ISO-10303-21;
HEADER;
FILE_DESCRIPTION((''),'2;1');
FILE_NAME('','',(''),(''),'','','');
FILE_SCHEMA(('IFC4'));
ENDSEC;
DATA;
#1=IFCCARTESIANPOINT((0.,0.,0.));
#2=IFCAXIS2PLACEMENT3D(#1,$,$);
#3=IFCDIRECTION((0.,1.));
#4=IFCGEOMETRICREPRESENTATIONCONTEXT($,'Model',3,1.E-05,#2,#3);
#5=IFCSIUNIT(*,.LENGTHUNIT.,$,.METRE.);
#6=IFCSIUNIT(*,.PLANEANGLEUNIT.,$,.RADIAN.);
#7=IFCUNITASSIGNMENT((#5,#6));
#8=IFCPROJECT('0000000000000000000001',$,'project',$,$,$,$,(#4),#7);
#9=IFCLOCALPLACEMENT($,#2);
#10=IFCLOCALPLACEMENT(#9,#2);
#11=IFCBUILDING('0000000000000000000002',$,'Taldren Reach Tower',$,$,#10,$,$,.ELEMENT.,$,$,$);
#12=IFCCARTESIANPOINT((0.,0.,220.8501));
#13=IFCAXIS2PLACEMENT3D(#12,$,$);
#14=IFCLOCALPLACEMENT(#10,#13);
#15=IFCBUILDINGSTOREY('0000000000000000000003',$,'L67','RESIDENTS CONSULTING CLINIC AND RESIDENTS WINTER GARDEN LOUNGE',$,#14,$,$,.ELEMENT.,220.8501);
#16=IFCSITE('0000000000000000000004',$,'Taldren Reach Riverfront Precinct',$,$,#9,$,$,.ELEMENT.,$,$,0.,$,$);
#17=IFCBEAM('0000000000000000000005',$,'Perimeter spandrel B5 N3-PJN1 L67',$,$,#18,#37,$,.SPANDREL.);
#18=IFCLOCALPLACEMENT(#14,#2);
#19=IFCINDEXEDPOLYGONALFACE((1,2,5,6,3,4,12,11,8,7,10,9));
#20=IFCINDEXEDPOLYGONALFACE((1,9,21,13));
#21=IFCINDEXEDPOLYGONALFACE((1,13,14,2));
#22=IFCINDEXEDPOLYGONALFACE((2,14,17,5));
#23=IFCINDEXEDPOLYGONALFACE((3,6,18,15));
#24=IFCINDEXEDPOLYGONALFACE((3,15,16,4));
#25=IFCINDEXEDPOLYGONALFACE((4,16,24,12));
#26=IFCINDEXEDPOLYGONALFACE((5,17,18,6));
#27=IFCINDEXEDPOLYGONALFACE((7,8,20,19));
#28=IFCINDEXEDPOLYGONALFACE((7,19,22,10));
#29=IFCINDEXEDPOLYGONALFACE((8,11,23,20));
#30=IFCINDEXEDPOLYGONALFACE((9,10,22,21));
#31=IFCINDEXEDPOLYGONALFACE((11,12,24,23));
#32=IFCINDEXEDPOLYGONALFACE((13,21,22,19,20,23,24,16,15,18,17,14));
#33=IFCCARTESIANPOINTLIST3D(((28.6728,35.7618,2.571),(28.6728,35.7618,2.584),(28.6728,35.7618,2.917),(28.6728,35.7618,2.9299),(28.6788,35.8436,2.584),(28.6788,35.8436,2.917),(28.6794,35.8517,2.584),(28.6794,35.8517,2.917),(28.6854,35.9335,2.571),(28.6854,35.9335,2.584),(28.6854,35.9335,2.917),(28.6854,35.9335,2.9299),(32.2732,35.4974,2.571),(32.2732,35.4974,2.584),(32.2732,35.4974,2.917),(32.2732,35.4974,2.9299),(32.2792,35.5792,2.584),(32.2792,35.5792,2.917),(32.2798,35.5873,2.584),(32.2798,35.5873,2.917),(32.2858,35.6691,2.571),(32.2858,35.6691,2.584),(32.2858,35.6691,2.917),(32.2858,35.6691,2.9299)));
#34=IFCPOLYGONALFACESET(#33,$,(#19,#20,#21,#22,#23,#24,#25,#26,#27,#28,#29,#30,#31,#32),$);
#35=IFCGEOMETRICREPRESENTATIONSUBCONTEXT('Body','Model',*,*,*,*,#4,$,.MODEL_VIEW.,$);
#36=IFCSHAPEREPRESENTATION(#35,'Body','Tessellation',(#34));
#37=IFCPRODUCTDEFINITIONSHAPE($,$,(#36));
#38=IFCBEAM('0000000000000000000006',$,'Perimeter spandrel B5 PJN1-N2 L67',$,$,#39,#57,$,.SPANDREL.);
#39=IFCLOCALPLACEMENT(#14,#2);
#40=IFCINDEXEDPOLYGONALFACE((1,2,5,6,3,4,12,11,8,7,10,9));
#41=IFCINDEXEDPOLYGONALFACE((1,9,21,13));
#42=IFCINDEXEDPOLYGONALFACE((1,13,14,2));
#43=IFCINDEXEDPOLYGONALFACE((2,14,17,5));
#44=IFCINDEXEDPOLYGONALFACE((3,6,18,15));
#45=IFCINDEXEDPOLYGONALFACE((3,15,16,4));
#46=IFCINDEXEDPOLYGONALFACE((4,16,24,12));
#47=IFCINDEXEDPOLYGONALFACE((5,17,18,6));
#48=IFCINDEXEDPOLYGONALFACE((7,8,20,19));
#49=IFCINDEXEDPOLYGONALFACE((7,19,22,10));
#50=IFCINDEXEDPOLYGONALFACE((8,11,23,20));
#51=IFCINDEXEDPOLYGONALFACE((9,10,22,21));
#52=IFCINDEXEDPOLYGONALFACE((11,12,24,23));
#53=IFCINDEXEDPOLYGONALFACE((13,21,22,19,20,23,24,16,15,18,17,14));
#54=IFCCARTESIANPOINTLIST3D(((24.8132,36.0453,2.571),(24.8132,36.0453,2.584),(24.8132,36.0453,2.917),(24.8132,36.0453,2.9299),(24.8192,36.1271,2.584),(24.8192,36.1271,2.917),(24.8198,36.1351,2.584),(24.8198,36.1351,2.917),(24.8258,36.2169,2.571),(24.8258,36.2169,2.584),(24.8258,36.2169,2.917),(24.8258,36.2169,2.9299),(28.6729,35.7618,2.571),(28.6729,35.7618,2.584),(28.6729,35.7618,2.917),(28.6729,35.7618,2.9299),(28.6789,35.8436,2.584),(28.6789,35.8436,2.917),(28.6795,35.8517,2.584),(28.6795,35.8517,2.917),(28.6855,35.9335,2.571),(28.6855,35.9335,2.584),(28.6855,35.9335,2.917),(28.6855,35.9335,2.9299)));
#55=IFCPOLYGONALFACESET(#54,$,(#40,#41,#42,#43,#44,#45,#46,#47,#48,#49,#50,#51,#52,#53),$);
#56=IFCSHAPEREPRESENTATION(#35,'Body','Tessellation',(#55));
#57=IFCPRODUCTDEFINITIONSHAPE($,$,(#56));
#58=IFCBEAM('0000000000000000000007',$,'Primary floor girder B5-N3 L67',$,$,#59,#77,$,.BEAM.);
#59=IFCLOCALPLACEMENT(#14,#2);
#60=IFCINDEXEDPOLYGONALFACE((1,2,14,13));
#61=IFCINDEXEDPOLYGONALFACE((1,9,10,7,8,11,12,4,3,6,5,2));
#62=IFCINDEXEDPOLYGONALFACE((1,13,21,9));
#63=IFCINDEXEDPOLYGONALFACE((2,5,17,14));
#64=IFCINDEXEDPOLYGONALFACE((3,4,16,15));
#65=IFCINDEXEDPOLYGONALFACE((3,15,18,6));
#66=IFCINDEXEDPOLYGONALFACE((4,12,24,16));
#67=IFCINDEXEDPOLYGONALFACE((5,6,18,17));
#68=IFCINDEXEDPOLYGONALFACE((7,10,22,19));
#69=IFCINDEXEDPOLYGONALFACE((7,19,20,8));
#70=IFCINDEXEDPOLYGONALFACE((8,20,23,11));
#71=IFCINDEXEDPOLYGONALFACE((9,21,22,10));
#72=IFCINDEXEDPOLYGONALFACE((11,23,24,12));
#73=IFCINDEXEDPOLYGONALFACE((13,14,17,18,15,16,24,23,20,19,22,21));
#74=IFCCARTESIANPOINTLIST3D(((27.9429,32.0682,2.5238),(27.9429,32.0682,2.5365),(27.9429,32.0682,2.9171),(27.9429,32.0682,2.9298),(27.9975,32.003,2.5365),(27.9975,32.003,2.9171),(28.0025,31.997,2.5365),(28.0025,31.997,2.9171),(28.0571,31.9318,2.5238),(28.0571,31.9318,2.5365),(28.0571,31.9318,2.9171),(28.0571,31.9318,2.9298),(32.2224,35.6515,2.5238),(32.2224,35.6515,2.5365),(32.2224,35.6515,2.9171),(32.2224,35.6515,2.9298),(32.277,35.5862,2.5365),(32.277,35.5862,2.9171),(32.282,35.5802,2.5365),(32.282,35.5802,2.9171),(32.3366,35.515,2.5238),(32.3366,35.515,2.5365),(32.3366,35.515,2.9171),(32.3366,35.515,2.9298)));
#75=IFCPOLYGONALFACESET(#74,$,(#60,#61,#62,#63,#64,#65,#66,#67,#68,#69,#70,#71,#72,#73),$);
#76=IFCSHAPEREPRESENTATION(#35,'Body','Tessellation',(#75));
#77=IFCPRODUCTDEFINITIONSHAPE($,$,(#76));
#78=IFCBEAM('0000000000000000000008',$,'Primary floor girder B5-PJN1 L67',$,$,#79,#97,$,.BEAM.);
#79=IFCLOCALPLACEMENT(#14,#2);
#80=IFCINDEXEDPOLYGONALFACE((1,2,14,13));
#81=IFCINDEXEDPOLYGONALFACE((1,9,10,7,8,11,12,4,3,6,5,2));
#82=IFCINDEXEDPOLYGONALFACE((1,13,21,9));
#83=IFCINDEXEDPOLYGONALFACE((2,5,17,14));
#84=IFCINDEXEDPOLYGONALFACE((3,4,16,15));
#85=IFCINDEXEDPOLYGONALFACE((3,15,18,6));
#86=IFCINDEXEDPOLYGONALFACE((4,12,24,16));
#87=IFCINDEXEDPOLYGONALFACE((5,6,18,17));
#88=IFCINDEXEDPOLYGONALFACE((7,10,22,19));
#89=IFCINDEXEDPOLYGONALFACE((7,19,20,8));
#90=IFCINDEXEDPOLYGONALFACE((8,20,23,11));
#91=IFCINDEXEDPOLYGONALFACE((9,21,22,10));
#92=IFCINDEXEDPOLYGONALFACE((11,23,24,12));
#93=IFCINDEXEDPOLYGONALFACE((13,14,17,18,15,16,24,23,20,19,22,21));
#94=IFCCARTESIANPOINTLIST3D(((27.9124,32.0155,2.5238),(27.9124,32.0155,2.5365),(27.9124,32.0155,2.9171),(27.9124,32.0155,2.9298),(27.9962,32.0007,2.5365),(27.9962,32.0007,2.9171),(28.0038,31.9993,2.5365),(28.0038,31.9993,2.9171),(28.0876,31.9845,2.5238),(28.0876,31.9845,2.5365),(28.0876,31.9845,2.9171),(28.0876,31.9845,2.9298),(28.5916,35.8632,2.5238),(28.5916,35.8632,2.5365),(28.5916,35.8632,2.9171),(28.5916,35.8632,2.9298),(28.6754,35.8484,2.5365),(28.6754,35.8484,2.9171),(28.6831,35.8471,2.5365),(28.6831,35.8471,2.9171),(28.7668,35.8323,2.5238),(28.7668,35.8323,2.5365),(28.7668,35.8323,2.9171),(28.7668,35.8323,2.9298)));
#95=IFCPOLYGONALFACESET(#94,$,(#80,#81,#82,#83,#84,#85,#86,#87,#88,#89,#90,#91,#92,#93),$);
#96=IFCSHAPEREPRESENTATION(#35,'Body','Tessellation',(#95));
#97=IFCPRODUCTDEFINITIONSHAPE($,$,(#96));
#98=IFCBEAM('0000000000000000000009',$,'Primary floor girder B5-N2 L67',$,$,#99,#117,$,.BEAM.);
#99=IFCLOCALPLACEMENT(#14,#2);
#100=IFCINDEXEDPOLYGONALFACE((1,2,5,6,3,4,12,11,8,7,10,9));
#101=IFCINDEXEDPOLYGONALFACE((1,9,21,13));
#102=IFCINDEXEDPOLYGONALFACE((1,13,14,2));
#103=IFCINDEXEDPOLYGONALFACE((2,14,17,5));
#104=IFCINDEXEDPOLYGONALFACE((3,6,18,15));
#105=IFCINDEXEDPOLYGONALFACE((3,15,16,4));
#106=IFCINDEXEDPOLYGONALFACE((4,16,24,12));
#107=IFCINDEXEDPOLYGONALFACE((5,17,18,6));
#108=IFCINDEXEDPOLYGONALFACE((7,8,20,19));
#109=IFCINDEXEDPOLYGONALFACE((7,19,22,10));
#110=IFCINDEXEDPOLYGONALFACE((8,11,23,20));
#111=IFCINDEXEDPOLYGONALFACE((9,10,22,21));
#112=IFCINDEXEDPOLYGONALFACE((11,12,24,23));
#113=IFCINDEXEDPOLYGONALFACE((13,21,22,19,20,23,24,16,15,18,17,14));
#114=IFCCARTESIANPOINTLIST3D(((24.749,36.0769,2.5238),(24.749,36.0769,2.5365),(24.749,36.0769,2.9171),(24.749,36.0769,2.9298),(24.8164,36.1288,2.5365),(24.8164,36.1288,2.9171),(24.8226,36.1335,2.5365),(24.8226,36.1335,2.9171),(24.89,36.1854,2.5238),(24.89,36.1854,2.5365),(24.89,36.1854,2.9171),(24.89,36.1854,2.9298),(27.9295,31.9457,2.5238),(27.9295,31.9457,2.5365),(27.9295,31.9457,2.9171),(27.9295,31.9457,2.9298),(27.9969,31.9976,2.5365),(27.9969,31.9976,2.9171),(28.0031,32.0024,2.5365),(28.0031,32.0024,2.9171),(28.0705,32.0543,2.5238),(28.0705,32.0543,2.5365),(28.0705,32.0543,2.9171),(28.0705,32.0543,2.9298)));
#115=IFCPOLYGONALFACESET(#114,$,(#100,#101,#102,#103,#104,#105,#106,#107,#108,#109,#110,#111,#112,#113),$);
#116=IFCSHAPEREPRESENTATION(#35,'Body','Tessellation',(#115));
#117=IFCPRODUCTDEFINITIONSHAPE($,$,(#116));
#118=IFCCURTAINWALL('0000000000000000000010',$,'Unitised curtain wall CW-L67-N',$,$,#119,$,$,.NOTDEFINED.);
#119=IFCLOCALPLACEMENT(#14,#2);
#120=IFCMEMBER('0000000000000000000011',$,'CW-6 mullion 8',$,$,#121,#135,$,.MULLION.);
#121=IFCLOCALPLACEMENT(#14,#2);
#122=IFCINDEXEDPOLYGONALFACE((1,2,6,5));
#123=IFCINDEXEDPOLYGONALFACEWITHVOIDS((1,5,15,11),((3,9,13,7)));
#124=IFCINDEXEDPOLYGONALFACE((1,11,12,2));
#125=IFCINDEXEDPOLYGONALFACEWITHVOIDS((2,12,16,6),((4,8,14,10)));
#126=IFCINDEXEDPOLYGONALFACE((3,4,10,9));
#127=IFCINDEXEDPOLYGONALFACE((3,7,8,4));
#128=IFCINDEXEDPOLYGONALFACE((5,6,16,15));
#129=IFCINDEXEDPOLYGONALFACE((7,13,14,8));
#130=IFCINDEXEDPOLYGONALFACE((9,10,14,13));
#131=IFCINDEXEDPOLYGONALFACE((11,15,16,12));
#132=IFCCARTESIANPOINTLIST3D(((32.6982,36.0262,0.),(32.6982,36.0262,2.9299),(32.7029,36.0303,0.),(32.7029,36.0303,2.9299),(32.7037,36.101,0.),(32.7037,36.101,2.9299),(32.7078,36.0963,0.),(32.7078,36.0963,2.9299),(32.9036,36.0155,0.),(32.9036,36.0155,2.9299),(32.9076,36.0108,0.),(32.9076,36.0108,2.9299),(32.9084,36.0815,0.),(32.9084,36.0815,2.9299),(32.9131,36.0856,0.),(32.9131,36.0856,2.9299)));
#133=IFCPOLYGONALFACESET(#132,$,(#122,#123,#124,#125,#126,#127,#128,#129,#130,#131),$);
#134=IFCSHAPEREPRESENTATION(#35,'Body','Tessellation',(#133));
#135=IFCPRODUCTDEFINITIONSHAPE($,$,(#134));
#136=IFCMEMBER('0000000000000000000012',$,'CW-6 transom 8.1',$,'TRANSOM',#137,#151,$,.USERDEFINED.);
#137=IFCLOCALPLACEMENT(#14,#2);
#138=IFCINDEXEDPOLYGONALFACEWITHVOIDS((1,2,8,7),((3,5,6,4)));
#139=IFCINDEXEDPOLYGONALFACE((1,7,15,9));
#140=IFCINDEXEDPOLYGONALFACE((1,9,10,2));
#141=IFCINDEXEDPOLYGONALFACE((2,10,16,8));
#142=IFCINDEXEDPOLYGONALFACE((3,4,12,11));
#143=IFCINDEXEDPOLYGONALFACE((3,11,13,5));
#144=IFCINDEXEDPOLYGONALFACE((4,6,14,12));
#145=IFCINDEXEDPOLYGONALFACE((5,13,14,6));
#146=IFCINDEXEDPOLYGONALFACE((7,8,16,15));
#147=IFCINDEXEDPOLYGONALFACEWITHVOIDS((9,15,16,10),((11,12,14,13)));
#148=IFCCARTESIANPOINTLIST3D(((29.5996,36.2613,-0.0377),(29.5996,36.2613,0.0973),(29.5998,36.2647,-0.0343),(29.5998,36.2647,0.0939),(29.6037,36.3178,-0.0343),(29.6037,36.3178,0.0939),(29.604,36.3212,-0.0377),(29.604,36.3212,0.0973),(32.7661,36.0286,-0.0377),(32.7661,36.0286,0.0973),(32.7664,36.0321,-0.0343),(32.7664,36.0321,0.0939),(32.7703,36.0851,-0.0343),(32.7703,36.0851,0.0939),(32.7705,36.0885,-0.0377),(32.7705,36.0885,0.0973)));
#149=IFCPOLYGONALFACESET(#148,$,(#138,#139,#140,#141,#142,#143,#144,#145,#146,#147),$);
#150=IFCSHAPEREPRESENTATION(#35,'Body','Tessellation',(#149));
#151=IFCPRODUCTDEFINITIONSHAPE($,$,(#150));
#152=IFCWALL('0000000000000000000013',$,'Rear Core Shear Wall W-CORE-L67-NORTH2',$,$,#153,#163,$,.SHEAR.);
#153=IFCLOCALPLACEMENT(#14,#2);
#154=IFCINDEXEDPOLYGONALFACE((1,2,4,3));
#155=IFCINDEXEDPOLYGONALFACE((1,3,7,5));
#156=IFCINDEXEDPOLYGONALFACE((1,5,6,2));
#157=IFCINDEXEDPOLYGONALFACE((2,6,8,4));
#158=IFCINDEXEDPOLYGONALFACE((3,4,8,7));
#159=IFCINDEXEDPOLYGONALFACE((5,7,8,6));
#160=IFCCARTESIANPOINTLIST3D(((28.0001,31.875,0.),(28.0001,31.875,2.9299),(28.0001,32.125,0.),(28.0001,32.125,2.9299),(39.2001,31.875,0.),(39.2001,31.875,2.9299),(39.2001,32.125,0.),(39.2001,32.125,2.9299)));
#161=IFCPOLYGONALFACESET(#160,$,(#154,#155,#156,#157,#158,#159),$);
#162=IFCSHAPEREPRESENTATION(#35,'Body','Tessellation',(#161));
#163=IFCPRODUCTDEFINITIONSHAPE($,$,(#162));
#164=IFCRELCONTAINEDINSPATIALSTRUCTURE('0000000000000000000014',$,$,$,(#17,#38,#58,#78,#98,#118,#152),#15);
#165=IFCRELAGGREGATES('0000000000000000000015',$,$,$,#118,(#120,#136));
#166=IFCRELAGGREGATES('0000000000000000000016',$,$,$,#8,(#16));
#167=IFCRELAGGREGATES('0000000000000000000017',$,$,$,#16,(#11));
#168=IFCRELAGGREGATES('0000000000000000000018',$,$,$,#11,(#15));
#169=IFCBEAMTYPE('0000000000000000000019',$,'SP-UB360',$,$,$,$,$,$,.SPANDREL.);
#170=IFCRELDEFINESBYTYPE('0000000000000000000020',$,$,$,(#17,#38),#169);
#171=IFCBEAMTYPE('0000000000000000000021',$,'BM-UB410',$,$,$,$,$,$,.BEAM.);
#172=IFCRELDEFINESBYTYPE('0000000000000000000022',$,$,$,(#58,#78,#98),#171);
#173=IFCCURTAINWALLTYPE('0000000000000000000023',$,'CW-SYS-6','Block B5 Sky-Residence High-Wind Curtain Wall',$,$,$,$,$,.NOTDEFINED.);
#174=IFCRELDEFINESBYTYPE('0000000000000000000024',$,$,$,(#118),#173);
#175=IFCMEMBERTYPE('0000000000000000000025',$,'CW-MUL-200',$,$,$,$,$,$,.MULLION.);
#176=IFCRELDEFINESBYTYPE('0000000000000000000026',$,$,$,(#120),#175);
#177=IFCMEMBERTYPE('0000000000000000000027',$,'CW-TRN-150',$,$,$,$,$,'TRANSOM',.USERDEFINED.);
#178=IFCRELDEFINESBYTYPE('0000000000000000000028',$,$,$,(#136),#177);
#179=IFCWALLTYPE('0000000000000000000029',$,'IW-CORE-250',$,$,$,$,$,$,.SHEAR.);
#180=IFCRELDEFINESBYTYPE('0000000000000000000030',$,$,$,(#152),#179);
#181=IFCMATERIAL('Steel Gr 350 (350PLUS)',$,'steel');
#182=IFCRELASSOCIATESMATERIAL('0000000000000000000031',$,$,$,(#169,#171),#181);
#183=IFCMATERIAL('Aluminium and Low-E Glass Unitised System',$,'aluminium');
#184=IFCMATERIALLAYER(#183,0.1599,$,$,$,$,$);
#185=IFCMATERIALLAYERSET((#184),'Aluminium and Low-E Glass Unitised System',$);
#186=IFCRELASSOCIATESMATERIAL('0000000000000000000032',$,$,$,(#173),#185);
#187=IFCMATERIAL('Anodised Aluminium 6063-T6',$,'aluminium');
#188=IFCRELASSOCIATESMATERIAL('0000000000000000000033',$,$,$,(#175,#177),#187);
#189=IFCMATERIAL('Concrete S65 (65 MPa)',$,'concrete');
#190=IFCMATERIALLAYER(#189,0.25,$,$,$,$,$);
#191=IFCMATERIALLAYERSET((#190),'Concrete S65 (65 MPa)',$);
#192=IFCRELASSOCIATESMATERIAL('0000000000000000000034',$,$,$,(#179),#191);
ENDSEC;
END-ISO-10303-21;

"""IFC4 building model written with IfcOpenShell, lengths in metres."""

from ifc_helpers import new_model, si_unit, direction, frame, frame_2d, origin, origin_2d, place, context, subcontext, project, spatial, rectangle, hollow_rectangle, i_section, extrude, source, transform, mapped, material, layer, layer_set, material_profile, profile_set, type_object, element, aggregate, save


model = new_model("IFC4")

# Units and contexts
model_context = context("Model", 3, precision=1e-05, world=origin(), true_north=direction((0.0, 1.0)))
body_context = subcontext(model_context, "Body", "Model", "MODEL_VIEW")
ifc_project = project(units=[si_unit("LENGTHUNIT", "METRE"), si_unit("PLANEANGLEUNIT", "RADIAN")], contexts=[model_context])

# Site, building, storey
site_placement = place(None, origin())
site = spatial("IfcSite", under=ifc_project, at=site_placement, Name="Taldren Reach Riverfront Precinct", CompositionType="ELEMENT", RefElevation=0.0)
building_placement = place(site_placement, origin())
building = spatial("IfcBuilding", under=site, at=building_placement, Name="Taldren Reach Tower", CompositionType="ELEMENT")
storey_placement = place(building_placement, frame((0.0, 0.0, 220.8501)))
storey = spatial("IfcBuildingStorey", under=building, at=storey_placement, Name="L67", Description="RESIDENTS CONSULTING CLINIC AND RESIDENTS WINTER GARDEN LOUNGE", CompositionType="ELEMENT", Elevation=220.8501)

# Shared definitions
ifc_material_1 = material(Name="Steel Gr 350 (350PLUS)", Category="steel")

# Beams
ifc_material_profile_1 = material_profile(ifc_material_1, i_section(OverallWidth=0.1721, OverallDepth=0.3589, WebThickness=0.0081, FlangeThickness=0.0129, at=origin_2d()), Name="360UB56.7")
ifc_profile_set_1 = profile_set([ifc_material_profile_1], Name="Steel Gr 350 (350PLUS)")
beam_type_1 = type_object("IfcBeamType", Name="SP-UB360", PredefinedType="SPANDREL", material=ifc_profile_set_1)
shared_shape_1 = source(origin(), body_context, "Body", "SweptSolid", [
    extrude(i_section(OverallWidth=0.1721, OverallDepth=0.3589, WebThickness=0.0081, FlangeThickness=0.0129, at=origin_2d()), origin(), (0.0, 0.0, 1.0), 3.6101),
])
beam_1_placement = place(storey_placement, frame((32.2795, 35.5833, 2.7505), z_axis=(-0.997314, 0.073241, 0.0), x_axis=(-0.073241, -0.997314, 0.0)))
element("IfcBeam", 1, at=beam_1_placement, inside=storey, type_object=beam_type_1, Name="Perimeter spandrel B5 N3-PJN1 L67", PredefinedType="SPANDREL", context=body_context, shape_type="MappedRepresentation", body=[
    mapped(shared_shape_1, transform((0.0, 0.0, 0.0), scale=1.0)),
])
shared_shape_2 = source(origin(), body_context, "Body", "SweptSolid", [
    extrude(i_section(OverallWidth=0.1721, OverallDepth=0.3589, WebThickness=0.0081, FlangeThickness=0.0129, at=origin_2d()), origin(), (0.0, 0.0, 1.0), 3.8701),
])
beam_2_placement = place(storey_placement, frame((28.6792, 35.8477, 2.7505), z_axis=(-0.997314, 0.073242, 0.0), x_axis=(-0.073242, -0.997314, 0.0)))
element("IfcBeam", 2, at=beam_2_placement, inside=storey, type_object=beam_type_1, Name="Perimeter spandrel B5 PJN1-N2 L67", PredefinedType="SPANDREL", context=body_context, shape_type="MappedRepresentation", body=[
    mapped(shared_shape_2, transform((0.0, 0.0, 0.0), scale=1.0)),
])
ifc_material_profile_2 = material_profile(ifc_material_1, i_section(OverallWidth=0.178, OverallDepth=0.406, WebThickness=0.0078, FlangeThickness=0.0127, at=origin_2d()), Name="410UB59.7")
ifc_profile_set_2 = profile_set([ifc_material_profile_2], Name="Steel Gr 350 (350PLUS)")
beam_type_2 = type_object("IfcBeamType", Name="BM-UB410", PredefinedType="BEAM", material=ifc_profile_set_2)
shared_shape_3 = source(origin(), body_context, "Body", "SweptSolid", [
    extrude(i_section(OverallWidth=0.178, OverallDepth=0.406, WebThickness=0.0078, FlangeThickness=0.0127, at=origin_2d()), origin(), (0.0, 0.0, 1.0), 5.5815),
])
beam_3_placement = place(storey_placement, frame((28.0, 32.0, 2.7268), z_axis=(0.766724, 0.641977, 0.0), x_axis=(-0.641977, 0.766724, 0.0)))
element("IfcBeam", 3, at=beam_3_placement, inside=storey, type_object=beam_type_2, Name="Primary floor girder B5-N3 L67", PredefinedType="BEAM", context=body_context, shape_type="MappedRepresentation", body=[
    mapped(shared_shape_3, transform((0.0, 0.0, 0.0), scale=1.0)),
])
shared_shape_4 = source(origin(), body_context, "Body", "SweptSolid", [
    extrude(i_section(OverallWidth=0.178, OverallDepth=0.406, WebThickness=0.0078, FlangeThickness=0.0127, at=origin_2d()), origin(), (0.0, 0.0, 1.0), 3.9072),
])
beam_4_placement = place(storey_placement, frame((28.0, 32.0, 2.7268), z_axis=(0.173835, 0.984775, 0.0), x_axis=(-0.984775, 0.173835, 0.0)))
element("IfcBeam", 4, at=beam_4_placement, inside=storey, type_object=beam_type_2, Name="Primary floor girder B5-PJN1 L67", PredefinedType="BEAM", context=body_context, shape_type="MappedRepresentation", body=[
    mapped(shared_shape_4, transform((0.0, 0.0, 0.0), scale=1.0)),
])
shared_shape_5 = source(origin(), body_context, "Body", "SweptSolid", [
    extrude(i_section(OverallWidth=0.178, OverallDepth=0.406, WebThickness=0.0078, FlangeThickness=0.0127, at=origin_2d()), origin(), (0.0, 0.0, 1.0), 5.2136),
])
beam_5_placement = place(storey_placement, frame((28.0, 32.0, 2.7268), z_axis=(-0.61003, 0.792378, 0.0), x_axis=(-0.792378, -0.61003, 0.0)))
element("IfcBeam", 5, at=beam_5_placement, inside=storey, type_object=beam_type_2, Name="Primary floor girder B5-N2 L67", PredefinedType="BEAM", context=body_context, shape_type="MappedRepresentation", body=[
    mapped(shared_shape_5, transform((0.0, 0.0, 0.0), scale=1.0)),
])

# Curtain wall, members
ifc_material_2 = material(Name="Aluminium and Low-E Glass Unitised System", Category="aluminium")
ifc_layer_1 = layer(ifc_material_2, 0.1599)
ifc_layer_set_1 = layer_set([ifc_layer_1], Name="Aluminium and Low-E Glass Unitised System")
curtain_wall_type = type_object("IfcCurtainWallType", Name="CW-SYS-6", Description="Block B5 Sky-Residence High-Wind Curtain Wall", PredefinedType="NOTDEFINED", material=ifc_layer_set_1)
curtain_wall_placement = place(storey_placement, origin())
curtain_wall = element("IfcCurtainWall", 6, at=curtain_wall_placement, inside=storey, type_object=curtain_wall_type, Name="Unitised curtain wall CW-L67-N", PredefinedType="NOTDEFINED")
ifc_material_3 = material(Name="Anodised Aluminium 6063-T6", Category="aluminium")
ifc_material_profile_3 = material_profile(ifc_material_3, hollow_rectangle(XDim=0.075, YDim=0.21, WallThickness=0.0044, at=origin_2d()), Name="ALU-210x75x4.5RHS")
ifc_profile_set_3 = profile_set([ifc_material_profile_3], Name="Anodised Aluminium 6063-T6")
member_type_1 = type_object("IfcMemberType", Name="CW-MUL-200", PredefinedType="MULLION", material=ifc_profile_set_3)
shared_shape_6 = source(origin(), body_context, "Body", "SweptSolid", [
    extrude(hollow_rectangle(XDim=0.075, YDim=0.21, WallThickness=0.0044, at=origin_2d()), origin(), (0.0, 0.0, 1.0), 2.9299),
])
member_1_placement = place(storey_placement, frame((32.8057, 36.0559, 0.0), z_axis=(0.0, 0.0, 1.0), x_axis=(-0.073238, -0.997314, 0.0)))
member_1 = element("IfcMember", 7, at=member_1_placement, type_object=member_type_1, Name="CW-6 mullion 8", PredefinedType="MULLION", context=body_context, shape_type="MappedRepresentation", body=[
    mapped(shared_shape_6, transform((0.0, 0.0, 0.0), scale=1.0)),
])
ifc_material_profile_4 = material_profile(ifc_material_3, hollow_rectangle(XDim=0.0601, YDim=0.135, WallThickness=0.0034, at=origin_2d()), Name="ALU-135x60x3.5RHS")
ifc_profile_set_4 = profile_set([ifc_material_profile_4], Name="Anodised Aluminium 6063-T6")
member_type_2 = type_object("IfcMemberType", Name="CW-TRN-150", ElementType="TRANSOM", PredefinedType="USERDEFINED", material=ifc_profile_set_4)
shared_shape_7 = source(origin(), body_context, "Body", "SweptSolid", [
    extrude(hollow_rectangle(XDim=0.0601, YDim=0.135, WallThickness=0.0034, at=origin_2d()), origin(), (0.0, 0.0, 1.0), 3.175),
])
member_2_placement = place(storey_placement, frame((32.7683, 36.0586, 0.0298), z_axis=(-0.997311, 0.07328, 0.0), x_axis=(-0.07328, -0.997311, 0.0)))
member_2 = element("IfcMember", 8, at=member_2_placement, type_object=member_type_2, Name="CW-6 transom 8.1", ObjectType="TRANSOM", PredefinedType="USERDEFINED", context=body_context, shape_type="MappedRepresentation", body=[
    mapped(shared_shape_7, transform((0.0, 0.0, 0.0), scale=1.0)),
])
aggregate(curtain_wall, [member_1, member_2])

# Wall
ifc_material_4 = material(Name="Concrete S65 (65 MPa)", Category="concrete")
ifc_layer_2 = layer(ifc_material_4, 0.25)
ifc_layer_set_2 = layer_set([ifc_layer_2], Name="Concrete S65 (65 MPa)")
wall_type = type_object("IfcWallType", Name="IW-CORE-250", PredefinedType="SHEAR", material=ifc_layer_set_2)
shared_shape_8 = source(origin(), body_context, "Body", "SweptSolid", [
    extrude(rectangle(XDim=11.2, YDim=0.25, at=frame_2d((5.6001, 0.0))), origin(), (0.0, 0.0, 1.0), 2.9299),
])
wall_1_placement = place(storey_placement, frame((28.0, 32.0, 0.0), z_axis=(0.0, 0.0, 1.0), x_axis=(1.0, 0.0, 0.0)))
element("IfcWall", 9, at=wall_1_placement, inside=storey, type_object=wall_type, Name="Rear Core Shear Wall W-CORE-L67-NORTH2", PredefinedType="SHEAR", context=body_context, shape_type="MappedRepresentation", body=[
    mapped(shared_shape_8, transform((0.0, 0.0, 0.0), scale=1.0)),
])

save(model, "model.ifc")
